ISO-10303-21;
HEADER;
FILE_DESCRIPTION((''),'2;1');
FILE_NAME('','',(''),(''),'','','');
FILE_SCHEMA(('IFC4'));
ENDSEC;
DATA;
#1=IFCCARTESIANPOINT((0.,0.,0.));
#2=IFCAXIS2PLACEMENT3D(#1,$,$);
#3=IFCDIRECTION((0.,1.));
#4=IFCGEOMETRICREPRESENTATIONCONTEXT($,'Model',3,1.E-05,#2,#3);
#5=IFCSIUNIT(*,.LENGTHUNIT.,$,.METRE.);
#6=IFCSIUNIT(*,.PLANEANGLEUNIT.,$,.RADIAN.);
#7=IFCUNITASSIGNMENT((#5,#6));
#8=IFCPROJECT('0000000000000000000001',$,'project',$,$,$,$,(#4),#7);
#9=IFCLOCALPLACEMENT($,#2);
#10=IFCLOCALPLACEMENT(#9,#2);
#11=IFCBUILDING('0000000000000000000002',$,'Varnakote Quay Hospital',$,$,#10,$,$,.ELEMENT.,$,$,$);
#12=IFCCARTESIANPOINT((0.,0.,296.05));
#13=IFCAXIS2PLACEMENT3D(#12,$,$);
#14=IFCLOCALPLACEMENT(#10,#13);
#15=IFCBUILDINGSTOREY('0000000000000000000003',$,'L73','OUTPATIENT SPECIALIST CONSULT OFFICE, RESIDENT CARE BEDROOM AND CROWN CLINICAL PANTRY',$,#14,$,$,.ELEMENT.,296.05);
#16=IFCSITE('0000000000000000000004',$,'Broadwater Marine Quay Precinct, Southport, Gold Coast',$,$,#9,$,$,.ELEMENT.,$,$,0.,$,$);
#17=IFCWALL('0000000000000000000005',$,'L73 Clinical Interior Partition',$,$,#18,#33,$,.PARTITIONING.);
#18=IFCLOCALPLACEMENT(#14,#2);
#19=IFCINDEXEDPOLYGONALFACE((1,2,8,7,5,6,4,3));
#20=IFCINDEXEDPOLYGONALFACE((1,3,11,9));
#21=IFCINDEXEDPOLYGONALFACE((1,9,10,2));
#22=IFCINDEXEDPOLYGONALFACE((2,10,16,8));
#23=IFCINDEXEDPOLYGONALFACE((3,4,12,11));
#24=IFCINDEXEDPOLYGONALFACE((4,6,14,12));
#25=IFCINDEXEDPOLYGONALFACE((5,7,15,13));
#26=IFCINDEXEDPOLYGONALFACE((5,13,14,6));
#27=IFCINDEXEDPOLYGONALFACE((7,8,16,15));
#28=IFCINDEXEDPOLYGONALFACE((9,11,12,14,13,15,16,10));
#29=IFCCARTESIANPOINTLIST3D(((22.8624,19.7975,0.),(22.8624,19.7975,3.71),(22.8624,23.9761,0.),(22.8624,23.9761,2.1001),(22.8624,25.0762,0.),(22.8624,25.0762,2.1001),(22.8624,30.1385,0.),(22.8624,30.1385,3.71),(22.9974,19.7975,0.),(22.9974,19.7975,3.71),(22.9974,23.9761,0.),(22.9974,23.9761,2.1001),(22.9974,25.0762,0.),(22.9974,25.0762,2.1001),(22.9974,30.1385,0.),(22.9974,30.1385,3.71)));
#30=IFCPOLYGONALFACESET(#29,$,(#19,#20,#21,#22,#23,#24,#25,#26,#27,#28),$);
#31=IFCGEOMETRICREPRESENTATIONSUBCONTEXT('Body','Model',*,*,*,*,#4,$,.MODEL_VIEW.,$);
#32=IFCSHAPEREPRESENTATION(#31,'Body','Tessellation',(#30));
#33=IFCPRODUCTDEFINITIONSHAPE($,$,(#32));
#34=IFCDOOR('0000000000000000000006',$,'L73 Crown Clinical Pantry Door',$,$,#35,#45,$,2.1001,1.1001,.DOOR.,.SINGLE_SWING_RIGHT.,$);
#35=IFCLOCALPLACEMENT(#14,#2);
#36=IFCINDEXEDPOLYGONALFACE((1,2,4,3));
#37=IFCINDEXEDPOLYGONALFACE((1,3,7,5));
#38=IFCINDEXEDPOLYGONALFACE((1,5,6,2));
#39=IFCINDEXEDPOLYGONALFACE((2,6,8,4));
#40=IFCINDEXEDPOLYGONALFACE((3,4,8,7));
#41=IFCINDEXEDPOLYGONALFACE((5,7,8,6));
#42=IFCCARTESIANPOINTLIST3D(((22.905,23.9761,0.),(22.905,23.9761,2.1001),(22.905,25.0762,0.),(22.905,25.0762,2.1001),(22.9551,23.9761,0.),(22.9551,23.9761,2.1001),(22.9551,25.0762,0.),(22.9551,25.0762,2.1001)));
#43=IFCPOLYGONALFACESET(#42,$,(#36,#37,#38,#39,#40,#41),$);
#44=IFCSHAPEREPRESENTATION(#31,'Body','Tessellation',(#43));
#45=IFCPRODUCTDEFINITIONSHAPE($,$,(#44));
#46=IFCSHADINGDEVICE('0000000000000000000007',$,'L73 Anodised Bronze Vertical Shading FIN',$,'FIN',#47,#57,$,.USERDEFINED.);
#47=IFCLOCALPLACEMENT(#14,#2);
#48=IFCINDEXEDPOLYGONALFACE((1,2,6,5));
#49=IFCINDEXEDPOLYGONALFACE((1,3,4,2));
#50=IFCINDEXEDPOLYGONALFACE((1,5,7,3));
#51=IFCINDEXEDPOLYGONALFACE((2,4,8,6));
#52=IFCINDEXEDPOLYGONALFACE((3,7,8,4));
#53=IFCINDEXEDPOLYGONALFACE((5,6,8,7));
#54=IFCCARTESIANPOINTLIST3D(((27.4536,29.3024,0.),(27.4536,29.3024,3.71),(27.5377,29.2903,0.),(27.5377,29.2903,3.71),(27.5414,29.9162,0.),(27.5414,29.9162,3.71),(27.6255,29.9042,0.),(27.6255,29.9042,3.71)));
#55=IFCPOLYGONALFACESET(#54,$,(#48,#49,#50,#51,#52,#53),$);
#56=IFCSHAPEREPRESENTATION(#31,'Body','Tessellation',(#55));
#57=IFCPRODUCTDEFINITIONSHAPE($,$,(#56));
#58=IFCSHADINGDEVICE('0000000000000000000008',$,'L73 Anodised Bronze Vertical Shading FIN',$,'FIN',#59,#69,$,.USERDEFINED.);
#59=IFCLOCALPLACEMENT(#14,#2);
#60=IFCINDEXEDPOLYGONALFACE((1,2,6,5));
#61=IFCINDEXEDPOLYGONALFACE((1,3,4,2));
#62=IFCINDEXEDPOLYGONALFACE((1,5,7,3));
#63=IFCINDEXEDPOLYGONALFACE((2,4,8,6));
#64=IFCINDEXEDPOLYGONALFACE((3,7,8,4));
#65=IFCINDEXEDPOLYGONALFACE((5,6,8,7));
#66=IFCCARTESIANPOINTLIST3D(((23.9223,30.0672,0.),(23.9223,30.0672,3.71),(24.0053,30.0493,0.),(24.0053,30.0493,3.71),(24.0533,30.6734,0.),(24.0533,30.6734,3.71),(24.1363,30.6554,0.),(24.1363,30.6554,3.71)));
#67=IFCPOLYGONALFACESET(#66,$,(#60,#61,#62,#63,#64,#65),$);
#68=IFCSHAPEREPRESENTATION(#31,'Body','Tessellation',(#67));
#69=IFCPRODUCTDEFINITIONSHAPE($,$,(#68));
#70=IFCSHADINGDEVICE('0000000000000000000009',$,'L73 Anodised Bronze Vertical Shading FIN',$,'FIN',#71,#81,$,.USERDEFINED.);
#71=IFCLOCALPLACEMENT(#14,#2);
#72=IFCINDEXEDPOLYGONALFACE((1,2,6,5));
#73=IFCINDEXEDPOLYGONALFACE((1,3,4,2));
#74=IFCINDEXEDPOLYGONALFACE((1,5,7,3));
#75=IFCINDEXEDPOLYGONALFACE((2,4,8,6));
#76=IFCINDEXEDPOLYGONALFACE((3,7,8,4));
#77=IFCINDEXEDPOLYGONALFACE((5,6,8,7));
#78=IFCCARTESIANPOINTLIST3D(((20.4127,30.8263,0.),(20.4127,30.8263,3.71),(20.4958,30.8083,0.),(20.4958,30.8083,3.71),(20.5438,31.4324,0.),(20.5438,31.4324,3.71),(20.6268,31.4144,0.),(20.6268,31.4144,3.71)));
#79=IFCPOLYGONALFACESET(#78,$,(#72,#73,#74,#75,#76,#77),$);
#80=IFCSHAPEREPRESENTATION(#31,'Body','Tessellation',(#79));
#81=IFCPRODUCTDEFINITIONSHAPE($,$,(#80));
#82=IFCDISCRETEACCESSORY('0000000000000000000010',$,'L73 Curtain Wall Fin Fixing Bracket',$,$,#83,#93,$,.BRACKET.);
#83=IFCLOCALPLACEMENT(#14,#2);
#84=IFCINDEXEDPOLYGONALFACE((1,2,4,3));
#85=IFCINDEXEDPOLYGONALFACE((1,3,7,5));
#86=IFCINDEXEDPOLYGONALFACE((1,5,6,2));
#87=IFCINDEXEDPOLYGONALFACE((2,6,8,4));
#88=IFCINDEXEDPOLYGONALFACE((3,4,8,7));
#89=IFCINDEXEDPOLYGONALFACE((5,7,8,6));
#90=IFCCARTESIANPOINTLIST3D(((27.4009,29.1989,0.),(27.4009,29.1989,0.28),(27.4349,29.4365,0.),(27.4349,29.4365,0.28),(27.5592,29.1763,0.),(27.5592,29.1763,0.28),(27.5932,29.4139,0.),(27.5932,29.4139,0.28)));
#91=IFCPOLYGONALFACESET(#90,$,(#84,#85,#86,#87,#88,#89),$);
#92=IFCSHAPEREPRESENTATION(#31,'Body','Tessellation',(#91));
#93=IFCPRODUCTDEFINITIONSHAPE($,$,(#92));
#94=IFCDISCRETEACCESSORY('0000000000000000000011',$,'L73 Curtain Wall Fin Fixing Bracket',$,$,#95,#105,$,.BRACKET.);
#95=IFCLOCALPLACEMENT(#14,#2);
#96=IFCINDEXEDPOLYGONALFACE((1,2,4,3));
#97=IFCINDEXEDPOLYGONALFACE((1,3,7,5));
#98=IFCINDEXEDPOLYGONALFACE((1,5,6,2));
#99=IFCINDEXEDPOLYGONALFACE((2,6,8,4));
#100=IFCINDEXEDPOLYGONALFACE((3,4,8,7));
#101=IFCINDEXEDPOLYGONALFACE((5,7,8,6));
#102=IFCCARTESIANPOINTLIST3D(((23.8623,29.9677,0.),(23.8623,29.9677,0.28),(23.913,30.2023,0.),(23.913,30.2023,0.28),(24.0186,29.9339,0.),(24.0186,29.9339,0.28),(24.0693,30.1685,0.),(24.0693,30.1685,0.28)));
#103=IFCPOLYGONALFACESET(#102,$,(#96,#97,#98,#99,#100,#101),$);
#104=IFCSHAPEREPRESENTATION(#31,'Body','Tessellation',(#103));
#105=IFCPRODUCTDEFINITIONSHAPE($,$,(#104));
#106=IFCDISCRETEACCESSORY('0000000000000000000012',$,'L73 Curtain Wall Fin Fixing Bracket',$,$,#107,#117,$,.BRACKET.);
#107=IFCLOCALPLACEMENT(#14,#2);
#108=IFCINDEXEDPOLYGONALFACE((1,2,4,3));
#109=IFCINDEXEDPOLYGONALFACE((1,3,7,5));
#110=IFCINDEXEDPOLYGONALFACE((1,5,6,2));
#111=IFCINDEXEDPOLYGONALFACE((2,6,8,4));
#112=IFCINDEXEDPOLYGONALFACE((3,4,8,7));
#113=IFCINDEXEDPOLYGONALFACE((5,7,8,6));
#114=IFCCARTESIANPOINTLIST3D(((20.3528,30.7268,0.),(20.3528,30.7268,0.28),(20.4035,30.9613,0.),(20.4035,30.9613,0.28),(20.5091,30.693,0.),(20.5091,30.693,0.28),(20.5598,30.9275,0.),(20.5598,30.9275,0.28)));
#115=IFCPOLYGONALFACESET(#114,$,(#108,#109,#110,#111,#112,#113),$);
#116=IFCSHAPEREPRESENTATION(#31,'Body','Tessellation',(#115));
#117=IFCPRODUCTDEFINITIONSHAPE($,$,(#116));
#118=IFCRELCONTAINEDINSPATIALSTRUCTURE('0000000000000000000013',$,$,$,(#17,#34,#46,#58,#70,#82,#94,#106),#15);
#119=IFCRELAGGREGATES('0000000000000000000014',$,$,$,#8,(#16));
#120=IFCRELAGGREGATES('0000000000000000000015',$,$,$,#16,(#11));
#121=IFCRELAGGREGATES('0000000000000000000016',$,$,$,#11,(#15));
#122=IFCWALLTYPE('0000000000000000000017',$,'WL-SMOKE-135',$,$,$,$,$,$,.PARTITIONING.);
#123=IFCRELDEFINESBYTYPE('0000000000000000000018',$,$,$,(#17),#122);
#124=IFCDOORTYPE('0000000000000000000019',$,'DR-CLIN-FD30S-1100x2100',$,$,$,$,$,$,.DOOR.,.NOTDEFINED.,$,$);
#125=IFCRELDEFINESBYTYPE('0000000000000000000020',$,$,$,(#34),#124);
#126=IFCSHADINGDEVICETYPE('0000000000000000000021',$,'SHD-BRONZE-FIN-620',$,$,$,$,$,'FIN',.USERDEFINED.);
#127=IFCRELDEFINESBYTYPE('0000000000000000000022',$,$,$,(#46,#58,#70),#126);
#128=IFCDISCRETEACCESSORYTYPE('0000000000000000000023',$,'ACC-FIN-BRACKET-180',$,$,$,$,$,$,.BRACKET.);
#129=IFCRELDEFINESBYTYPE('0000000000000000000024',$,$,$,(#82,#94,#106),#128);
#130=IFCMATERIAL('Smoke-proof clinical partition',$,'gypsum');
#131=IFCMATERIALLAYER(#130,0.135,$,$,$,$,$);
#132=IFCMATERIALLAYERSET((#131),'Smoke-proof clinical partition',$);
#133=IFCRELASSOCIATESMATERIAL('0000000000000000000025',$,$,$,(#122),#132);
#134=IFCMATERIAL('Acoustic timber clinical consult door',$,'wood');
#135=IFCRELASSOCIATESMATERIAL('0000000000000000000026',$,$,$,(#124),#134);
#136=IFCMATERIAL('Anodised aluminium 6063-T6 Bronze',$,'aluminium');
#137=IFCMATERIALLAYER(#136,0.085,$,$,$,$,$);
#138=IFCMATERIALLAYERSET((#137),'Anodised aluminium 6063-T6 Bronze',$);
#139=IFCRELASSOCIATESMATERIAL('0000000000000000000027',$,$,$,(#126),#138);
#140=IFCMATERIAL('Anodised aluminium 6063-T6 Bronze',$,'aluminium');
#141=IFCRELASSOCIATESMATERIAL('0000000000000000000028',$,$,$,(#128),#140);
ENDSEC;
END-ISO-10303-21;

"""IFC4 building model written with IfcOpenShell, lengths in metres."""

from ifc_helpers import new_model, si_unit, direction, frame, frame_2d, origin, origin_2d, place, context, subcontext, project, spatial, rectangle, extrude, material, layer, layer_set, type_object, element, fill, save


model = new_model("IFC4")

# Units and contexts
model_context = context("Model", 3, precision=1e-05, world=origin(), true_north=direction((0.0, 1.0)))
body_context = subcontext(model_context, "Body", "Model", "MODEL_VIEW")
ifc_project = project(units=[si_unit("LENGTHUNIT", "METRE"), si_unit("PLANEANGLEUNIT", "RADIAN")], contexts=[model_context])

# Site, building, storey
site_placement = place(None, origin())
site = spatial("IfcSite", under=ifc_project, at=site_placement, Name="Broadwater Marine Quay Precinct, Southport, Gold Coast", CompositionType="ELEMENT", RefElevation=0.0)
building_placement = place(site_placement, origin())
building = spatial("IfcBuilding", under=site, at=building_placement, Name="Varnakote Quay Hospital", CompositionType="ELEMENT")
storey_placement = place(building_placement, frame((0.0, 0.0, 296.05)))
storey = spatial("IfcBuildingStorey", under=building, at=storey_placement, Name="L73", Description="OUTPATIENT SPECIALIST CONSULT OFFICE, RESIDENT CARE BEDROOM AND CROWN CLINICAL PANTRY", CompositionType="ELEMENT", Elevation=296.05)

# Shared definitions
ifc_material_1 = material(Name="Smoke-proof clinical partition", Category="gypsum")
ifc_layer_1 = layer(ifc_material_1, 0.135)
ifc_layer_set_1 = layer_set([ifc_layer_1], Name="Smoke-proof clinical partition")
wall_type = type_object("IfcWallType", Name="WL-SMOKE-135", PredefinedType="PARTITIONING", material=ifc_layer_set_1)

# Wall, opening, door
wall_1_placement = place(storey_placement, frame((22.9299, 19.7976, 0.0), z_axis=(0.0, 0.0, 1.0), x_axis=(0.0, 1.0, 0.0)))
wall_1 = element("IfcWall", 1, at=wall_1_placement, inside=storey, type_object=wall_type, Name="L73 Clinical Interior Partition", PredefinedType="PARTITIONING", context=body_context, shape_type="SweptSolid", body=[
    extrude(rectangle(XDim=10.3411, YDim=0.135, at=frame_2d((5.1704, 0.0))), origin(), (0.0, 0.0, 1.0), 3.71),
])
opening_1_placement = place(wall_1_placement, frame((4.1785, 0.0, 0.0)))
opening_1 = element("IfcOpeningElement", 2, at=opening_1_placement, cuts=wall_1, PredefinedType="OPENING", context=body_context, shape_type="SweptSolid", body=[
    extrude(rectangle(XDim=1.1001, YDim=2.1001, at=frame_2d((0.55, 1.05))), frame((0.0, 0.0774, 0.0), z_axis=(0.0, -1.0, 0.0), x_axis=(1.0, 0.0, 0.0)), (0.0, 0.0, 1.0), 0.155),
])
ifc_material_2 = material(Name="Acoustic timber clinical consult door", Category="wood")
door_type_1 = type_object("IfcDoorType", Name="DR-CLIN-FD30S-1100x2100", OperationType="NOTDEFINED", PredefinedType="DOOR", material=ifc_material_2)
door_1_placement = place(opening_1_placement, origin())
door_1 = element("IfcDoor", 3, at=door_1_placement, inside=storey, type_object=door_type_1, Name="L73 Crown Clinical Pantry Door", OperationType="SINGLE_SWING_RIGHT", OverallHeight=2.1001, OverallWidth=1.1001, PredefinedType="DOOR", context=body_context, shape_type="SweptSolid", body=[
    extrude(rectangle(XDim=1.1001, YDim=2.1001, at=frame_2d((0.55, 1.05))), frame((0.0, 0.0249, 0.0), z_axis=(0.0, -1.0, 0.0), x_axis=(1.0, 0.0, 0.0)), (0.0, 0.0, 1.0), 0.05),
])
fill(opening_1, door_1)

# Shading devices
ifc_material_3 = material(Name="Anodised aluminium 6063-T6 Bronze", Category="aluminium")
ifc_layer_2 = layer(ifc_material_3, 0.085)
ifc_layer_set_2 = layer_set([ifc_layer_2], Name="Anodised aluminium 6063-T6 Bronze")
shading_device_type = type_object("IfcShadingDeviceType", Name="SHD-BRONZE-FIN-620", ElementType="FIN", PredefinedType="USERDEFINED", material=ifc_layer_set_2)
for number, where, z_axis, x_axis, name in (
    (4, (27.5396, 29.6033, 0.0), (0.0, 0.0, 1.0), (-0.141592, -0.989925, 0.0), "L73 Anodised Bronze Vertical Shading FIN"),
    (5, (24.0293, 30.3613, 0.0), (0.0, 0.0, 1.0), (-0.211325, -0.977416, 0.0), "L73 Anodised Bronze Vertical Shading FIN"),
    (6, (20.5198, 31.1204, 0.0), (0.0, 0.0, 1.0), (-0.211325, -0.977416, 0.0), "L73 Anodised Bronze Vertical Shading FIN"),
):
    element("IfcShadingDevice", number, at=place(storey_placement, frame(where, z_axis=z_axis, x_axis=x_axis)), inside=storey, type_object=shading_device_type, Name=name, ObjectType="FIN", PredefinedType="USERDEFINED", context=body_context, shape_type="SweptSolid", body=[
        extrude(rectangle(XDim=0.6201, YDim=0.085, at=origin_2d()), origin(), (0.0, 0.0, 1.0), 3.71),
    ])

# Discrete accessories
ifc_material_4 = material(Name="Anodised aluminium 6063-T6 Bronze", Category="aluminium")
discrete_accessory_type = type_object("IfcDiscreteAccessoryType", Name="ACC-FIN-BRACKET-180", PredefinedType="BRACKET", material=ifc_material_4)
for number, where, z_axis, x_axis, name in (
    (7, (27.4971, 29.3064, 0.0), (0.0, 0.0, 1.0), (-0.989925, 0.141592, 0.0), "L73 Curtain Wall Fin Fixing Bracket"),
    (8, (23.9658, 30.0681, 0.0), (0.0, 0.0, 1.0), (-0.977416, 0.211325, 0.0), "L73 Curtain Wall Fin Fixing Bracket"),
    (9, (20.4563, 30.8271, 0.0), (0.0, 0.0, 1.0), (-0.977416, 0.211325, 0.0), "L73 Curtain Wall Fin Fixing Bracket"),
):
    element("IfcDiscreteAccessory", number, at=place(storey_placement, frame(where, z_axis=z_axis, x_axis=x_axis)), inside=storey, type_object=discrete_accessory_type, Name=name, PredefinedType="BRACKET", context=body_context, shape_type="SweptSolid", body=[
        extrude(rectangle(XDim=0.1599, YDim=0.24, at=origin_2d()), origin(), (0.0, 0.0, 1.0), 0.28),
    ])

save(model, "model.ifc")
